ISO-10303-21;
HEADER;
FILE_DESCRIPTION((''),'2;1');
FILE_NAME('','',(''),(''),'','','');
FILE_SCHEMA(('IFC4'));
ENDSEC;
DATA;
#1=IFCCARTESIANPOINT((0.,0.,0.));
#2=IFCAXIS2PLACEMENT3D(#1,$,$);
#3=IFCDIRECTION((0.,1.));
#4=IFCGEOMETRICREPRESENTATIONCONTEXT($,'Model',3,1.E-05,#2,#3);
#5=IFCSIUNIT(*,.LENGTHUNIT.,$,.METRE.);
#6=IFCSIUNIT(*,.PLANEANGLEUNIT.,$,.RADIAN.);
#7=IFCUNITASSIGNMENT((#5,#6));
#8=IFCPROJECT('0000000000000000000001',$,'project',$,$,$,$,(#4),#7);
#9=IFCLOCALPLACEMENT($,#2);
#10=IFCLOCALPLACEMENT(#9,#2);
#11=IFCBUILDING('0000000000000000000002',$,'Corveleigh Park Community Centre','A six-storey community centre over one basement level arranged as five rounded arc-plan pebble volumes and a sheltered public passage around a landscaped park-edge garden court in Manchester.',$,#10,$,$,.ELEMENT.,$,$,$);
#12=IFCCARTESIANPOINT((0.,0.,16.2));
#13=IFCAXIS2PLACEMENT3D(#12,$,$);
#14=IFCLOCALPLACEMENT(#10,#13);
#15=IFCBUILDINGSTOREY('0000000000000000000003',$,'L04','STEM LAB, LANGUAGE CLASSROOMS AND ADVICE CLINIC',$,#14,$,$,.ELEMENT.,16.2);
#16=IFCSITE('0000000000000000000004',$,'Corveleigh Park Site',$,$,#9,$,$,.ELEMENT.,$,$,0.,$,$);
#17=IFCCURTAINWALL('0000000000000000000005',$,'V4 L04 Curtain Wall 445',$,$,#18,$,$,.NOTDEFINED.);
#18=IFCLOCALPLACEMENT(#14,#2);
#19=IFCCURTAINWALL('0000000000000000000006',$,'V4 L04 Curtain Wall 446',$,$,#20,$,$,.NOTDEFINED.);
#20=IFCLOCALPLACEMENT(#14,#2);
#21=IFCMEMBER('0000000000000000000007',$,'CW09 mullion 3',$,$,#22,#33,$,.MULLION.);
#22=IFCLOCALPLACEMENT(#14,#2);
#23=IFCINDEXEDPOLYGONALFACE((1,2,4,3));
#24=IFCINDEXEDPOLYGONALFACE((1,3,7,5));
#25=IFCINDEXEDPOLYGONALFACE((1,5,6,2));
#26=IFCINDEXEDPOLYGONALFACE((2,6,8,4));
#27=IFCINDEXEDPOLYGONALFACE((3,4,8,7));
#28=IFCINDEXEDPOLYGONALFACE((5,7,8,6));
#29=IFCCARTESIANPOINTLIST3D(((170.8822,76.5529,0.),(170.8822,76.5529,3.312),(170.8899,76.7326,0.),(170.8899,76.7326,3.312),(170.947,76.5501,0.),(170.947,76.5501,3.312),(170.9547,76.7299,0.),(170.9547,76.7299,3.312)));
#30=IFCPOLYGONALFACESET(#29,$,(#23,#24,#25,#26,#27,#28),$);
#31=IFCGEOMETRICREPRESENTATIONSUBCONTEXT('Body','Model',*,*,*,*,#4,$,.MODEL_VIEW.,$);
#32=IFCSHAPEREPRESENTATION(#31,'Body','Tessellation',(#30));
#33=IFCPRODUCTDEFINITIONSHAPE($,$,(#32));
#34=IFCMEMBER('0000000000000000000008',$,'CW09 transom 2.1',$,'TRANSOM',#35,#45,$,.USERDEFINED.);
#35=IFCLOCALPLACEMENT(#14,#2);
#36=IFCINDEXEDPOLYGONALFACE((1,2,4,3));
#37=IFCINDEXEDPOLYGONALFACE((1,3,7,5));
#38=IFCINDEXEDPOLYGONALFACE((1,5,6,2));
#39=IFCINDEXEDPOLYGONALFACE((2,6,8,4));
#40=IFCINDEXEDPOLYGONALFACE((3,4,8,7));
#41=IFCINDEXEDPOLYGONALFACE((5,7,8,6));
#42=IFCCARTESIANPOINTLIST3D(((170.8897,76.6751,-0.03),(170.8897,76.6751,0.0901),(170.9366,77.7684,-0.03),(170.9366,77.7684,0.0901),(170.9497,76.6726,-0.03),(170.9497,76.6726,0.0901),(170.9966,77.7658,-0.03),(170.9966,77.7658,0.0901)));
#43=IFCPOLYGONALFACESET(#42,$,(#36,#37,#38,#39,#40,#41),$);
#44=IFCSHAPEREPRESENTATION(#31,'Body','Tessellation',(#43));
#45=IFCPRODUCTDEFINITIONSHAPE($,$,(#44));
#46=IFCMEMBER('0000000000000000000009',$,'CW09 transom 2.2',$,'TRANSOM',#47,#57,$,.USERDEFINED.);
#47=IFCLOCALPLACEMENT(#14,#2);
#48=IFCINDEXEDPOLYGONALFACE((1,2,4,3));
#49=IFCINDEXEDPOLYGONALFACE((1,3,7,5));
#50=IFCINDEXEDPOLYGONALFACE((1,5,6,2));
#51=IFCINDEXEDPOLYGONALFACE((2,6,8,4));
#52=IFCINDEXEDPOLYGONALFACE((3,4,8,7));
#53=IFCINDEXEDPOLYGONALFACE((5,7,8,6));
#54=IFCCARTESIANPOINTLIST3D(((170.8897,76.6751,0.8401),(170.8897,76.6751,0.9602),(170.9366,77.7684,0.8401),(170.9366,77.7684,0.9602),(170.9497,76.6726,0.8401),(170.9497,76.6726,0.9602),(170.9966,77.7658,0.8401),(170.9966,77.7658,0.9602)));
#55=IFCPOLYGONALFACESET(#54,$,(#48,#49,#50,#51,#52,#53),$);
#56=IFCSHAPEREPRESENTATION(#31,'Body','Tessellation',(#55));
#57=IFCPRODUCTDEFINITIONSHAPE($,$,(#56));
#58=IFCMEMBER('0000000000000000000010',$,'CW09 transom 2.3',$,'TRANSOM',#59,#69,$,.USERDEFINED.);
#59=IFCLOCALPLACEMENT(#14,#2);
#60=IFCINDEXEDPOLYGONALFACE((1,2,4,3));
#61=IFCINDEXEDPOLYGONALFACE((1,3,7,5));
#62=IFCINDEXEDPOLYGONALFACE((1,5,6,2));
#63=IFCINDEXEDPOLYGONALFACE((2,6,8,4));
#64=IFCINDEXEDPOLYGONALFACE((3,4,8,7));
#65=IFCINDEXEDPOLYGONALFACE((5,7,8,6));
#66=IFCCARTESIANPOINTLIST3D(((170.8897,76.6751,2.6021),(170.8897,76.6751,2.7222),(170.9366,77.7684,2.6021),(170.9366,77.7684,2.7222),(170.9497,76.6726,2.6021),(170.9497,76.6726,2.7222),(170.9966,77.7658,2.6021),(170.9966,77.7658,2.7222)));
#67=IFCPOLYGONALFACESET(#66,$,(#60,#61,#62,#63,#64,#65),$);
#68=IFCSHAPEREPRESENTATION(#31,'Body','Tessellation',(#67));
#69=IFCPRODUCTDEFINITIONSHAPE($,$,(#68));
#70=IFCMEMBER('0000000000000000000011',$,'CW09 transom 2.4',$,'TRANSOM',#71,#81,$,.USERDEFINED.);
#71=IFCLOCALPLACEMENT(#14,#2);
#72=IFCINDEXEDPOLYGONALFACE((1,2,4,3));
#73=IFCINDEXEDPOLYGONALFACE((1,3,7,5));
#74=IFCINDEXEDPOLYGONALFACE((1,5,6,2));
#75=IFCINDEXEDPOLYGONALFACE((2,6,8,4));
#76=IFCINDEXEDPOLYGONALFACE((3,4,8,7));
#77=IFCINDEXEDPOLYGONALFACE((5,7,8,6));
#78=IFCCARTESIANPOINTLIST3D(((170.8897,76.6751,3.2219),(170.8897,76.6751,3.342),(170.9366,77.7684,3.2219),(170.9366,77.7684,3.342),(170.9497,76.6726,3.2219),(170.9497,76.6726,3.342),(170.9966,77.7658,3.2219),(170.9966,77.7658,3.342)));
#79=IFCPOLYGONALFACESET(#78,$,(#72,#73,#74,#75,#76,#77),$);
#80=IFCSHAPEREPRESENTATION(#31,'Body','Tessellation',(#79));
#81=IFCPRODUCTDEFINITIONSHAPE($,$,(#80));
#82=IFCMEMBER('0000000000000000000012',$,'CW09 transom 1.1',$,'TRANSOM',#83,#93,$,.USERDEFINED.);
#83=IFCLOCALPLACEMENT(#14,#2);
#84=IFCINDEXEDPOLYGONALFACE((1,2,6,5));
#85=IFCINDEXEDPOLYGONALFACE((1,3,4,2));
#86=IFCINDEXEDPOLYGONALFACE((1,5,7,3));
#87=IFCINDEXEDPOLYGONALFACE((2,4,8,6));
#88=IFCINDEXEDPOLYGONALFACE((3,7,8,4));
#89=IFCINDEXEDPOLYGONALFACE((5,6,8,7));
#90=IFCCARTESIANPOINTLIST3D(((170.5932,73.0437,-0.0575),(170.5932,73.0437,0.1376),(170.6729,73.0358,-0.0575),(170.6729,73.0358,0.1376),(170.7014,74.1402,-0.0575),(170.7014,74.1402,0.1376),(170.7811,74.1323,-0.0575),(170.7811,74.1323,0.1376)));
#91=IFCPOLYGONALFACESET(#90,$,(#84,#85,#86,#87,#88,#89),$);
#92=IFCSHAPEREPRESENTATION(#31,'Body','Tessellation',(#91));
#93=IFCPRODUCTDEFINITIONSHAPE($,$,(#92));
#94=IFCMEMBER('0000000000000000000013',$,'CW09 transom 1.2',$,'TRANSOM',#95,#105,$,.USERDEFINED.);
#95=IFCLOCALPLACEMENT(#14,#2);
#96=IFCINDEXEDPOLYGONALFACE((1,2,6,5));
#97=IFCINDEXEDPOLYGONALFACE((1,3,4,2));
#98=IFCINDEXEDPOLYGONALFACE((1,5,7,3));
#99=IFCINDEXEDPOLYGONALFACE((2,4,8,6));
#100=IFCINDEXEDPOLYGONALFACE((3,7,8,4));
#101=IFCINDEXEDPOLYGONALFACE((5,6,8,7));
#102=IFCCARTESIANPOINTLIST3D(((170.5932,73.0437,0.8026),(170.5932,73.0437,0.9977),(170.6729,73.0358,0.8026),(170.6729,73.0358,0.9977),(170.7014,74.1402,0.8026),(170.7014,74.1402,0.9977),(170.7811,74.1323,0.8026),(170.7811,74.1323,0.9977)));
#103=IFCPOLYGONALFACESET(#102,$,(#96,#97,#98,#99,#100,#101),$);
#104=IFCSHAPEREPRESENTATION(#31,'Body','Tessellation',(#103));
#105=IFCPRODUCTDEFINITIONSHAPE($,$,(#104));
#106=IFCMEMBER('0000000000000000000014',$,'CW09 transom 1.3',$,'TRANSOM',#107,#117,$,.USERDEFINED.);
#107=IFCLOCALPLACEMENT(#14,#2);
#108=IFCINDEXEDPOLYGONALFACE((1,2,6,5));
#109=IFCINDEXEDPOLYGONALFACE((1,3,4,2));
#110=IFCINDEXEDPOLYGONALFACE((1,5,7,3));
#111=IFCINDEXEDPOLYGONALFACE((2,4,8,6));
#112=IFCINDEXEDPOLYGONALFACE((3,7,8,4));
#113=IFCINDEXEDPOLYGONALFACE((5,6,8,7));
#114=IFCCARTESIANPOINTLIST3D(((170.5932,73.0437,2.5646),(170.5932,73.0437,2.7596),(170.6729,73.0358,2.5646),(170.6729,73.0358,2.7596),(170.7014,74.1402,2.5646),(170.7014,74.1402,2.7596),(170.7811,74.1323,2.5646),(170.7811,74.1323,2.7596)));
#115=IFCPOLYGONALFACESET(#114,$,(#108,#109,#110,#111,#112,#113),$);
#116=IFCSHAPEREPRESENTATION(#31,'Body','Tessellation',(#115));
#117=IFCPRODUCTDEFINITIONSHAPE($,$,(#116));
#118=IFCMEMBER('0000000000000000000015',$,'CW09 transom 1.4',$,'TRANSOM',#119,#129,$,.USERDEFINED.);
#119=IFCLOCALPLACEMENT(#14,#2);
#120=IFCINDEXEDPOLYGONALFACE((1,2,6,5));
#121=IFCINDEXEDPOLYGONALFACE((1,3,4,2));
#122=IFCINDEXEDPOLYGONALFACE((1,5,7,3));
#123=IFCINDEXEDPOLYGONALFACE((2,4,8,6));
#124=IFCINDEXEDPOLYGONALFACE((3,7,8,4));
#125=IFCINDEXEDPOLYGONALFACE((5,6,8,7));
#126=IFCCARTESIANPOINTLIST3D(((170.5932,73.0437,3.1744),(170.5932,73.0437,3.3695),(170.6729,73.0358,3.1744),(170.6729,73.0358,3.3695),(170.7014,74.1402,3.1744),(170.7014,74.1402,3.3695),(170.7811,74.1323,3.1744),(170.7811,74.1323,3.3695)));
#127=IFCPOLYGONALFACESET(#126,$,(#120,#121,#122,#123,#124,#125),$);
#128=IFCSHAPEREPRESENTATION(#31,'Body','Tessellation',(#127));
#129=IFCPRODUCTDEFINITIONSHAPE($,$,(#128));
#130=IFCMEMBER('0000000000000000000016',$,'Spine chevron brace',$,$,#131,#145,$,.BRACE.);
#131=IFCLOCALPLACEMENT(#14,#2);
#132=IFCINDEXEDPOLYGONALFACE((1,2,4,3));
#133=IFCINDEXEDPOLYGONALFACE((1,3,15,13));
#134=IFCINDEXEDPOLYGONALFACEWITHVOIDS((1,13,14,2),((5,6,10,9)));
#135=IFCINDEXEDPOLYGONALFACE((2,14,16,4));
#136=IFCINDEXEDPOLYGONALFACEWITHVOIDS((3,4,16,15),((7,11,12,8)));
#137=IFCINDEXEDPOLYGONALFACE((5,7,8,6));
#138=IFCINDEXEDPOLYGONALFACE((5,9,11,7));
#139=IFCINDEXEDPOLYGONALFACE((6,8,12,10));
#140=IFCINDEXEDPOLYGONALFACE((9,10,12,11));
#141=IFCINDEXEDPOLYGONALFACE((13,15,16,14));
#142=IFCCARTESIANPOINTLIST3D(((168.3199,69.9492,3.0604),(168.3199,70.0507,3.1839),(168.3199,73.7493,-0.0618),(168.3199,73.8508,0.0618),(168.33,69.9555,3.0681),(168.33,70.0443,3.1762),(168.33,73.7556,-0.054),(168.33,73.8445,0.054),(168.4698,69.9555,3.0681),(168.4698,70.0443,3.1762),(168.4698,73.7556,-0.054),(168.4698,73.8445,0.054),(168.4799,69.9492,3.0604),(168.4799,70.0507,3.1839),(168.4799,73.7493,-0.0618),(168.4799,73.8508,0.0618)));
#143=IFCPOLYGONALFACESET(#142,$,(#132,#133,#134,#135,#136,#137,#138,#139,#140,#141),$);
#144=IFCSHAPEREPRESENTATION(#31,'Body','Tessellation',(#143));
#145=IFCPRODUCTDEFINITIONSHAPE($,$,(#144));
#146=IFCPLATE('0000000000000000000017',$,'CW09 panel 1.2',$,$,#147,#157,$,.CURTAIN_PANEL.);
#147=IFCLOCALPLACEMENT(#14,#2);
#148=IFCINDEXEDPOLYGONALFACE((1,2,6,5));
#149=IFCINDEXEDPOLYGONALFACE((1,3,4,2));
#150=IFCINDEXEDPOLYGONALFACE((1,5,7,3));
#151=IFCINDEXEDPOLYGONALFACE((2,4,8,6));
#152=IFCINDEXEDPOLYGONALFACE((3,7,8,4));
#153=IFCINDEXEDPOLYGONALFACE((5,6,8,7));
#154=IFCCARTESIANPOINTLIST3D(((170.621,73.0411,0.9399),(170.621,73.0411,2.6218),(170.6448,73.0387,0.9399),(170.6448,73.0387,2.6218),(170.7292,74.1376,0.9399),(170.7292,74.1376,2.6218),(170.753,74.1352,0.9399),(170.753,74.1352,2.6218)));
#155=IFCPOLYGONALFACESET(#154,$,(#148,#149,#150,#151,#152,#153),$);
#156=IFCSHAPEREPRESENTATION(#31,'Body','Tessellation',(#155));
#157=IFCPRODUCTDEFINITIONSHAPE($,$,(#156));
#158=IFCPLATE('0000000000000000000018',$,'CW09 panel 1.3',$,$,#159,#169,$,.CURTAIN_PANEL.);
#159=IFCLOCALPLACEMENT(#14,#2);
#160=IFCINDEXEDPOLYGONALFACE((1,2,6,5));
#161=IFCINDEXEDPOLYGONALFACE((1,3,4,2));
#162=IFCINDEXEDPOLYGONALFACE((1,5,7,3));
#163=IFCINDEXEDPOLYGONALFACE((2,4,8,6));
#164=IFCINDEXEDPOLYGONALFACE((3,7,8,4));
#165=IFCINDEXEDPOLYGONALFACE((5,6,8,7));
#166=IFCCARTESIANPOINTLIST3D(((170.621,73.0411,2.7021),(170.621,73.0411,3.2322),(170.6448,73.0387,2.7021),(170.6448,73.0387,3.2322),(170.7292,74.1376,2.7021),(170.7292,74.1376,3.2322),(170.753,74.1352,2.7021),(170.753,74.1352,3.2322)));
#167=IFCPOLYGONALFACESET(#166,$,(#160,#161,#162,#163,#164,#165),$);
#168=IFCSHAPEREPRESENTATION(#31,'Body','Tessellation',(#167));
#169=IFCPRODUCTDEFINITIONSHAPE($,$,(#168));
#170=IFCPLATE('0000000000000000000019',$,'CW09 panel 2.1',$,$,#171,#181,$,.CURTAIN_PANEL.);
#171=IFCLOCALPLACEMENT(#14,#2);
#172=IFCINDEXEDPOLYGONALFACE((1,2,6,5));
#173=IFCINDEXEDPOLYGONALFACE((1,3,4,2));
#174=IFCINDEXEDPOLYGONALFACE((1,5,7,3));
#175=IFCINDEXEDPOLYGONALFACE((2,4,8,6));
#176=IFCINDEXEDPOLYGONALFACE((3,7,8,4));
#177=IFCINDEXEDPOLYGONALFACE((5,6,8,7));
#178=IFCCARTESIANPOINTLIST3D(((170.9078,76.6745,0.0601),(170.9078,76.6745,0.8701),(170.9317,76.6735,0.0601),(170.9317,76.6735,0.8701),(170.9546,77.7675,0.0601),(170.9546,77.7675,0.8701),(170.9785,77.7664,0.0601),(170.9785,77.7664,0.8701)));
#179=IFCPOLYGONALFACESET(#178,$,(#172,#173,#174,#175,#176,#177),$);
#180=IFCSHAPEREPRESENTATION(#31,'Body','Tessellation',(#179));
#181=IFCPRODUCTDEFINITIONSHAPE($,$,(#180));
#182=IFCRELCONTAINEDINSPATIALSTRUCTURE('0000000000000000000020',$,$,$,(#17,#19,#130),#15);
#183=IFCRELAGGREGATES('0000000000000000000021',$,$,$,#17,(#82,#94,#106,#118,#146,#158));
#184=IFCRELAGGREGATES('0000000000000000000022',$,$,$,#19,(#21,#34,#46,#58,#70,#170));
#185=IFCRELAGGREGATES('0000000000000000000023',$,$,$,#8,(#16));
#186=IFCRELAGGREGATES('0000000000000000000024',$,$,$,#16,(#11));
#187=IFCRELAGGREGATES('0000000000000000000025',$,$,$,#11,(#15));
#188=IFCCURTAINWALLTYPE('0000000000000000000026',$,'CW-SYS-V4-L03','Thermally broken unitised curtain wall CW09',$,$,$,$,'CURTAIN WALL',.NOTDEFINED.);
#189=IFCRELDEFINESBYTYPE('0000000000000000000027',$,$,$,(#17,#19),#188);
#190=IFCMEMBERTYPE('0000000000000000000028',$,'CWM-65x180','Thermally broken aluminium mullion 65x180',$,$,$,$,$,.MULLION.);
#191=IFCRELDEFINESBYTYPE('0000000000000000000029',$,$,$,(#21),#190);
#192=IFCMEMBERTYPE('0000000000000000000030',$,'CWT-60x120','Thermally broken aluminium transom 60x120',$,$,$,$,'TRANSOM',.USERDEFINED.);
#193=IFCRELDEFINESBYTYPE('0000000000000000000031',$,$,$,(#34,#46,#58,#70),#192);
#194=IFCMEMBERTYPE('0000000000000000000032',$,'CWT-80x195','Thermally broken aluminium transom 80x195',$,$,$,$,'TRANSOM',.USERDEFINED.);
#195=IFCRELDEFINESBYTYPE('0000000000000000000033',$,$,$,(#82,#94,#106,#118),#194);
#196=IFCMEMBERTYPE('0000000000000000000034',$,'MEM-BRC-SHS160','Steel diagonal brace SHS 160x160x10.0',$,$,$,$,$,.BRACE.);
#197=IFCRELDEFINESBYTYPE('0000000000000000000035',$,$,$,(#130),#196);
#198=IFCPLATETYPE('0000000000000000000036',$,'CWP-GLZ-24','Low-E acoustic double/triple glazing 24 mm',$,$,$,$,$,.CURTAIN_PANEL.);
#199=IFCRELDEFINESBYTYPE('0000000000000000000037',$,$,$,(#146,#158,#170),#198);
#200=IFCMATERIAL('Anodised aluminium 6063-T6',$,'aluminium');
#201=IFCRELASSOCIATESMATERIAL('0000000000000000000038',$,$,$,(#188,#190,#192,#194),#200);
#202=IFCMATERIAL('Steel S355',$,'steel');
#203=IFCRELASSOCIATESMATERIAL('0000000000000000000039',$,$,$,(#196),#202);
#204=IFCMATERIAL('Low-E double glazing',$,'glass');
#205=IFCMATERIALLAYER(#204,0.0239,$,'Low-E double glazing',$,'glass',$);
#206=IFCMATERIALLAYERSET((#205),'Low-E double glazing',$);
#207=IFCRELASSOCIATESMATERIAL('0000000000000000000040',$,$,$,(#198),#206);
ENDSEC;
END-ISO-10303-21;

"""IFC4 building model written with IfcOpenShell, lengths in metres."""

from ifc_helpers import new_model, si_unit, direction, frame, origin, origin_2d, place, context, subcontext, project, spatial, rectangle, hollow_rectangle, extrude, material, layer, layer_set, material_profile, profile_set, type_object, element, aggregate, save


model = new_model("IFC4")

# Units and contexts
model_context = context("Model", 3, precision=1e-05, world=origin(), true_north=direction((0.0, 1.0)))
body_context = subcontext(model_context, "Body", "Model", "MODEL_VIEW")
ifc_project = project(units=[si_unit("LENGTHUNIT", "METRE"), si_unit("PLANEANGLEUNIT", "RADIAN")], contexts=[model_context])

# Site, building, storey
site_placement = place(None, origin())
site = spatial("IfcSite", under=ifc_project, at=site_placement, Name="Corveleigh Park Site", CompositionType="ELEMENT", RefElevation=0.0)
building_placement = place(site_placement, origin())
building = spatial("IfcBuilding", under=site, at=building_placement, Name="Corveleigh Park Community Centre", Description="A six-storey community centre over one basement level arranged as five rounded arc-plan pebble volumes and a sheltered public passage around a landscaped park-edge garden court in Manchester.", CompositionType="ELEMENT")
storey_placement = place(building_placement, frame((0.0, 0.0, 16.2)))
storey = spatial("IfcBuildingStorey", under=building, at=storey_placement, Name="L04", Description="STEM LAB, LANGUAGE CLASSROOMS AND ADVICE CLINIC", CompositionType="ELEMENT", Elevation=16.2)

# Shared definitions
ifc_material_1 = material(Name="Steel S355", Category="steel")

# Curtain wall
ifc_material_2 = material(Name="Anodised aluminium 6063-T6", Category="aluminium")
curtain_wall_type = type_object("IfcCurtainWallType", Name="CW-SYS-V4-L03", Description="Thermally broken unitised curtain wall CW09", ElementType="CURTAIN WALL", PredefinedType="NOTDEFINED", material=ifc_material_2)
curtain_wall_1_placement = place(storey_placement, origin())
curtain_wall_1 = element("IfcCurtainWall", 1, at=curtain_wall_1_placement, inside=storey, type_object=curtain_wall_type, Name="V4 L04 Curtain Wall 445", PredefinedType="NOTDEFINED")

# Curtain wall, members
curtain_wall_2_placement = place(storey_placement, origin())
curtain_wall_2 = element("IfcCurtainWall", 2, at=curtain_wall_2_placement, inside=storey, type_object=curtain_wall_type, Name="V4 L04 Curtain Wall 446", PredefinedType="NOTDEFINED")
ifc_material_profile_1 = material_profile(ifc_material_2, rectangle(XDim=0.0649, YDim=0.1799, at=origin_2d()), Name="ALU-M65x180", Category="aluminium")
ifc_profile_set_1 = profile_set([ifc_material_profile_1], Name="Anodised aluminium 6063-T6")
member_type_1 = type_object("IfcMemberType", Name="CWM-65x180", Description="Thermally broken aluminium mullion 65x180", PredefinedType="MULLION", material=ifc_profile_set_1)
member_1_placement = place(storey_placement, frame((170.9185, 76.6414, 0.0), z_axis=(0.0, 0.0, 1.0), x_axis=(0.999084, -0.0428, 0.0)))
member_1 = element("IfcMember", 3, at=member_1_placement, type_object=member_type_1, Name="CW09 mullion 3", PredefinedType="MULLION", context=body_context, shape_type="SweptSolid", body=[
    extrude(rectangle(XDim=0.0649, YDim=0.1799, at=origin_2d()), origin(), (0.0, 0.0, 1.0), 3.312),
])
ifc_material_profile_2 = material_profile(ifc_material_2, rectangle(XDim=0.0601, YDim=0.1201, at=origin_2d()), Name="ALU-T60x120", Category="aluminium")
ifc_profile_set_2 = profile_set([ifc_material_profile_2], Name="Anodised aluminium 6063-T6")
member_type_2 = type_object("IfcMemberType", Name="CWT-60x120", Description="Thermally broken aluminium transom 60x120", ElementType="TRANSOM", PredefinedType="USERDEFINED", material=ifc_profile_set_2)
member_2_placement = place(storey_placement, frame((170.9666, 77.7671, 0.03), z_axis=(-0.042837, -0.999082, 0.0), x_axis=(0.999082, -0.042837, 0.0)))
member_2 = element("IfcMember", 4, at=member_2_placement, type_object=member_type_2, Name="CW09 transom 2.1", ObjectType="TRANSOM", PredefinedType="USERDEFINED", context=body_context, shape_type="SweptSolid", body=[
    extrude(rectangle(XDim=0.0601, YDim=0.1201, at=origin_2d()), origin(), (0.0, 0.0, 1.0), 1.0942),
])
member_3_placement = place(storey_placement, frame((170.9666, 77.7671, 0.9001), z_axis=(-0.042837, -0.999082, 0.0), x_axis=(0.999082, -0.042837, 0.0)))
member_3 = element("IfcMember", 5, at=member_3_placement, type_object=member_type_2, Name="CW09 transom 2.2", ObjectType="TRANSOM", PredefinedType="USERDEFINED", context=body_context, shape_type="SweptSolid", body=[
    extrude(rectangle(XDim=0.0601, YDim=0.1201, at=origin_2d()), origin(), (0.0, 0.0, 1.0), 1.0942),
])
member_4_placement = place(storey_placement, frame((170.9666, 77.7671, 2.6621), z_axis=(-0.042837, -0.999082, 0.0), x_axis=(0.999082, -0.042837, 0.0)))
member_4 = element("IfcMember", 6, at=member_4_placement, type_object=member_type_2, Name="CW09 transom 2.3", ObjectType="TRANSOM", PredefinedType="USERDEFINED", context=body_context, shape_type="SweptSolid", body=[
    extrude(rectangle(XDim=0.0601, YDim=0.1201, at=origin_2d()), origin(), (0.0, 0.0, 1.0), 1.0942),
])
member_5_placement = place(storey_placement, frame((170.9666, 77.7671, 3.282), z_axis=(-0.042837, -0.999082, 0.0), x_axis=(0.999082, -0.042837, 0.0)))
member_5 = element("IfcMember", 7, at=member_5_placement, type_object=member_type_2, Name="CW09 transom 2.4", ObjectType="TRANSOM", PredefinedType="USERDEFINED", context=body_context, shape_type="SweptSolid", body=[
    extrude(rectangle(XDim=0.0601, YDim=0.1201, at=origin_2d()), origin(), (0.0, 0.0, 1.0), 1.0942),
])

# Members
ifc_material_profile_3 = material_profile(ifc_material_2, rectangle(XDim=0.0801, YDim=0.1951, at=origin_2d()), Name="ALU-T80x195", Category="aluminium")
ifc_profile_set_3 = profile_set([ifc_material_profile_3], Name="Anodised aluminium 6063-T6")
member_type_3 = type_object("IfcMemberType", Name="CWT-80x195", Description="Thermally broken aluminium transom 80x195", ElementType="TRANSOM", PredefinedType="USERDEFINED", material=ifc_profile_set_3)
member_6_placement = place(storey_placement, frame((170.7412, 74.1362, 0.04), z_axis=(-0.098165, -0.99517, 0.0), x_axis=(0.99517, -0.098165, 0.0)))
member_6 = element("IfcMember", 8, at=member_6_placement, type_object=member_type_3, Name="CW09 transom 1.1", ObjectType="TRANSOM", PredefinedType="USERDEFINED", context=body_context, shape_type="SweptSolid", body=[
    extrude(rectangle(XDim=0.0801, YDim=0.1951, at=origin_2d()), origin(), (0.0, 0.0, 1.0), 1.1018),
])
member_7_placement = place(storey_placement, frame((170.7412, 74.1362, 0.9001), z_axis=(-0.098165, -0.99517, 0.0), x_axis=(0.99517, -0.098165, 0.0)))
member_7 = element("IfcMember", 9, at=member_7_placement, type_object=member_type_3, Name="CW09 transom 1.2", ObjectType="TRANSOM", PredefinedType="USERDEFINED", context=body_context, shape_type="SweptSolid", body=[
    extrude(rectangle(XDim=0.0801, YDim=0.1951, at=origin_2d()), origin(), (0.0, 0.0, 1.0), 1.1018),
])
member_8_placement = place(storey_placement, frame((170.7412, 74.1362, 2.6621), z_axis=(-0.098165, -0.99517, 0.0), x_axis=(0.99517, -0.098165, 0.0)))
member_8 = element("IfcMember", 10, at=member_8_placement, type_object=member_type_3, Name="CW09 transom 1.3", ObjectType="TRANSOM", PredefinedType="USERDEFINED", context=body_context, shape_type="SweptSolid", body=[
    extrude(rectangle(XDim=0.0801, YDim=0.1951, at=origin_2d()), origin(), (0.0, 0.0, 1.0), 1.1018),
])
member_9_placement = place(storey_placement, frame((170.7412, 74.1362, 3.272), z_axis=(-0.098165, -0.99517, 0.0), x_axis=(0.99517, -0.098165, 0.0)))
member_9 = element("IfcMember", 11, at=member_9_placement, type_object=member_type_3, Name="CW09 transom 1.4", ObjectType="TRANSOM", PredefinedType="USERDEFINED", context=body_context, shape_type="SweptSolid", body=[
    extrude(rectangle(XDim=0.0801, YDim=0.1951, at=origin_2d()), origin(), (0.0, 0.0, 1.0), 1.1018),
])
ifc_material_profile_4 = material_profile(ifc_material_1, hollow_rectangle(XDim=0.1599, YDim=0.1599, WallThickness=0.01, at=origin_2d()), Name="SHS 160x160x10.0", Category="steel")
ifc_profile_set_4 = profile_set([ifc_material_profile_4], Name="Steel S355")
member_type_4 = type_object("IfcMemberType", Name="MEM-BRC-SHS160", Description="Steel diagonal brace SHS 160x160x10.0", PredefinedType="BRACE", material=ifc_profile_set_4)
member_10_placement = place(storey_placement, frame((168.3999, 73.8, 0.0), z_axis=(0.0, -0.772666, 0.634812), x_axis=(1.0, 0.0, 0.0)))
element("IfcMember", 12, at=member_10_placement, inside=storey, type_object=member_type_4, Name="Spine chevron brace", PredefinedType="BRACE", context=body_context, shape_type="SweptSolid", body=[
    extrude(hollow_rectangle(XDim=0.1599, YDim=0.1599, WallThickness=0.01, at=origin_2d()), origin(), (0.0, 0.0, 1.0), 4.9182),
])

# Plates
ifc_material_3 = material(Name="Low-E double glazing", Category="glass")
ifc_layer_1 = layer(ifc_material_3, 0.0239, Name="Low-E double glazing", Category="glass")
ifc_layer_set_1 = layer_set([ifc_layer_1], Name="Low-E double glazing")
plate_type = type_object("IfcPlateType", Name="CWP-GLZ-24", Description="Low-E acoustic double/triple glazing 24 mm", PredefinedType="CURTAIN_PANEL", material=ifc_layer_set_1)
plate_1_placement = place(storey_placement, frame((170.687, 73.5881, 0.9399), z_axis=(0.0, 0.0, 1.0), x_axis=(-0.098174, -0.995169, 0.0)))
plate_1 = element("IfcPlate", 13, at=plate_1_placement, type_object=plate_type, Name="CW09 panel 1.2", PredefinedType="CURTAIN_PANEL", context=body_context, shape_type="SweptSolid", body=[
    extrude(rectangle(XDim=1.1018, YDim=0.0239, at=origin_2d()), origin(), (0.0, 0.0, 1.0), 1.6819),
])
plate_2_placement = place(storey_placement, frame((170.687, 73.5881, 2.7021), z_axis=(0.0, 0.0, 1.0), x_axis=(-0.098174, -0.995169, 0.0)))
plate_2 = element("IfcPlate", 14, at=plate_2_placement, type_object=plate_type, Name="CW09 panel 1.3", PredefinedType="CURTAIN_PANEL", context=body_context, shape_type="SweptSolid", body=[
    extrude(rectangle(XDim=1.1018, YDim=0.0239, at=origin_2d()), origin(), (0.0, 0.0, 1.0), 0.53),
])
aggregate(curtain_wall_1, [member_6, member_7, member_8, member_9, plate_1, plate_2])
plate_3_placement = place(storey_placement, frame((170.9431, 77.2205, 0.0601), z_axis=(0.0, 0.0, 1.0), x_axis=(-0.0428, -0.999084, 0.0)))
plate_3 = element("IfcPlate", 15, at=plate_3_placement, type_object=plate_type, Name="CW09 panel 2.1", PredefinedType="CURTAIN_PANEL", context=body_context, shape_type="SweptSolid", body=[
    extrude(rectangle(XDim=1.094, YDim=0.0239, at=origin_2d()), origin(), (0.0, 0.0, 1.0), 0.8101),
])
aggregate(curtain_wall_2, [member_1, member_2, member_3, member_4, member_5, plate_3])

save(model, "model.ifc")
